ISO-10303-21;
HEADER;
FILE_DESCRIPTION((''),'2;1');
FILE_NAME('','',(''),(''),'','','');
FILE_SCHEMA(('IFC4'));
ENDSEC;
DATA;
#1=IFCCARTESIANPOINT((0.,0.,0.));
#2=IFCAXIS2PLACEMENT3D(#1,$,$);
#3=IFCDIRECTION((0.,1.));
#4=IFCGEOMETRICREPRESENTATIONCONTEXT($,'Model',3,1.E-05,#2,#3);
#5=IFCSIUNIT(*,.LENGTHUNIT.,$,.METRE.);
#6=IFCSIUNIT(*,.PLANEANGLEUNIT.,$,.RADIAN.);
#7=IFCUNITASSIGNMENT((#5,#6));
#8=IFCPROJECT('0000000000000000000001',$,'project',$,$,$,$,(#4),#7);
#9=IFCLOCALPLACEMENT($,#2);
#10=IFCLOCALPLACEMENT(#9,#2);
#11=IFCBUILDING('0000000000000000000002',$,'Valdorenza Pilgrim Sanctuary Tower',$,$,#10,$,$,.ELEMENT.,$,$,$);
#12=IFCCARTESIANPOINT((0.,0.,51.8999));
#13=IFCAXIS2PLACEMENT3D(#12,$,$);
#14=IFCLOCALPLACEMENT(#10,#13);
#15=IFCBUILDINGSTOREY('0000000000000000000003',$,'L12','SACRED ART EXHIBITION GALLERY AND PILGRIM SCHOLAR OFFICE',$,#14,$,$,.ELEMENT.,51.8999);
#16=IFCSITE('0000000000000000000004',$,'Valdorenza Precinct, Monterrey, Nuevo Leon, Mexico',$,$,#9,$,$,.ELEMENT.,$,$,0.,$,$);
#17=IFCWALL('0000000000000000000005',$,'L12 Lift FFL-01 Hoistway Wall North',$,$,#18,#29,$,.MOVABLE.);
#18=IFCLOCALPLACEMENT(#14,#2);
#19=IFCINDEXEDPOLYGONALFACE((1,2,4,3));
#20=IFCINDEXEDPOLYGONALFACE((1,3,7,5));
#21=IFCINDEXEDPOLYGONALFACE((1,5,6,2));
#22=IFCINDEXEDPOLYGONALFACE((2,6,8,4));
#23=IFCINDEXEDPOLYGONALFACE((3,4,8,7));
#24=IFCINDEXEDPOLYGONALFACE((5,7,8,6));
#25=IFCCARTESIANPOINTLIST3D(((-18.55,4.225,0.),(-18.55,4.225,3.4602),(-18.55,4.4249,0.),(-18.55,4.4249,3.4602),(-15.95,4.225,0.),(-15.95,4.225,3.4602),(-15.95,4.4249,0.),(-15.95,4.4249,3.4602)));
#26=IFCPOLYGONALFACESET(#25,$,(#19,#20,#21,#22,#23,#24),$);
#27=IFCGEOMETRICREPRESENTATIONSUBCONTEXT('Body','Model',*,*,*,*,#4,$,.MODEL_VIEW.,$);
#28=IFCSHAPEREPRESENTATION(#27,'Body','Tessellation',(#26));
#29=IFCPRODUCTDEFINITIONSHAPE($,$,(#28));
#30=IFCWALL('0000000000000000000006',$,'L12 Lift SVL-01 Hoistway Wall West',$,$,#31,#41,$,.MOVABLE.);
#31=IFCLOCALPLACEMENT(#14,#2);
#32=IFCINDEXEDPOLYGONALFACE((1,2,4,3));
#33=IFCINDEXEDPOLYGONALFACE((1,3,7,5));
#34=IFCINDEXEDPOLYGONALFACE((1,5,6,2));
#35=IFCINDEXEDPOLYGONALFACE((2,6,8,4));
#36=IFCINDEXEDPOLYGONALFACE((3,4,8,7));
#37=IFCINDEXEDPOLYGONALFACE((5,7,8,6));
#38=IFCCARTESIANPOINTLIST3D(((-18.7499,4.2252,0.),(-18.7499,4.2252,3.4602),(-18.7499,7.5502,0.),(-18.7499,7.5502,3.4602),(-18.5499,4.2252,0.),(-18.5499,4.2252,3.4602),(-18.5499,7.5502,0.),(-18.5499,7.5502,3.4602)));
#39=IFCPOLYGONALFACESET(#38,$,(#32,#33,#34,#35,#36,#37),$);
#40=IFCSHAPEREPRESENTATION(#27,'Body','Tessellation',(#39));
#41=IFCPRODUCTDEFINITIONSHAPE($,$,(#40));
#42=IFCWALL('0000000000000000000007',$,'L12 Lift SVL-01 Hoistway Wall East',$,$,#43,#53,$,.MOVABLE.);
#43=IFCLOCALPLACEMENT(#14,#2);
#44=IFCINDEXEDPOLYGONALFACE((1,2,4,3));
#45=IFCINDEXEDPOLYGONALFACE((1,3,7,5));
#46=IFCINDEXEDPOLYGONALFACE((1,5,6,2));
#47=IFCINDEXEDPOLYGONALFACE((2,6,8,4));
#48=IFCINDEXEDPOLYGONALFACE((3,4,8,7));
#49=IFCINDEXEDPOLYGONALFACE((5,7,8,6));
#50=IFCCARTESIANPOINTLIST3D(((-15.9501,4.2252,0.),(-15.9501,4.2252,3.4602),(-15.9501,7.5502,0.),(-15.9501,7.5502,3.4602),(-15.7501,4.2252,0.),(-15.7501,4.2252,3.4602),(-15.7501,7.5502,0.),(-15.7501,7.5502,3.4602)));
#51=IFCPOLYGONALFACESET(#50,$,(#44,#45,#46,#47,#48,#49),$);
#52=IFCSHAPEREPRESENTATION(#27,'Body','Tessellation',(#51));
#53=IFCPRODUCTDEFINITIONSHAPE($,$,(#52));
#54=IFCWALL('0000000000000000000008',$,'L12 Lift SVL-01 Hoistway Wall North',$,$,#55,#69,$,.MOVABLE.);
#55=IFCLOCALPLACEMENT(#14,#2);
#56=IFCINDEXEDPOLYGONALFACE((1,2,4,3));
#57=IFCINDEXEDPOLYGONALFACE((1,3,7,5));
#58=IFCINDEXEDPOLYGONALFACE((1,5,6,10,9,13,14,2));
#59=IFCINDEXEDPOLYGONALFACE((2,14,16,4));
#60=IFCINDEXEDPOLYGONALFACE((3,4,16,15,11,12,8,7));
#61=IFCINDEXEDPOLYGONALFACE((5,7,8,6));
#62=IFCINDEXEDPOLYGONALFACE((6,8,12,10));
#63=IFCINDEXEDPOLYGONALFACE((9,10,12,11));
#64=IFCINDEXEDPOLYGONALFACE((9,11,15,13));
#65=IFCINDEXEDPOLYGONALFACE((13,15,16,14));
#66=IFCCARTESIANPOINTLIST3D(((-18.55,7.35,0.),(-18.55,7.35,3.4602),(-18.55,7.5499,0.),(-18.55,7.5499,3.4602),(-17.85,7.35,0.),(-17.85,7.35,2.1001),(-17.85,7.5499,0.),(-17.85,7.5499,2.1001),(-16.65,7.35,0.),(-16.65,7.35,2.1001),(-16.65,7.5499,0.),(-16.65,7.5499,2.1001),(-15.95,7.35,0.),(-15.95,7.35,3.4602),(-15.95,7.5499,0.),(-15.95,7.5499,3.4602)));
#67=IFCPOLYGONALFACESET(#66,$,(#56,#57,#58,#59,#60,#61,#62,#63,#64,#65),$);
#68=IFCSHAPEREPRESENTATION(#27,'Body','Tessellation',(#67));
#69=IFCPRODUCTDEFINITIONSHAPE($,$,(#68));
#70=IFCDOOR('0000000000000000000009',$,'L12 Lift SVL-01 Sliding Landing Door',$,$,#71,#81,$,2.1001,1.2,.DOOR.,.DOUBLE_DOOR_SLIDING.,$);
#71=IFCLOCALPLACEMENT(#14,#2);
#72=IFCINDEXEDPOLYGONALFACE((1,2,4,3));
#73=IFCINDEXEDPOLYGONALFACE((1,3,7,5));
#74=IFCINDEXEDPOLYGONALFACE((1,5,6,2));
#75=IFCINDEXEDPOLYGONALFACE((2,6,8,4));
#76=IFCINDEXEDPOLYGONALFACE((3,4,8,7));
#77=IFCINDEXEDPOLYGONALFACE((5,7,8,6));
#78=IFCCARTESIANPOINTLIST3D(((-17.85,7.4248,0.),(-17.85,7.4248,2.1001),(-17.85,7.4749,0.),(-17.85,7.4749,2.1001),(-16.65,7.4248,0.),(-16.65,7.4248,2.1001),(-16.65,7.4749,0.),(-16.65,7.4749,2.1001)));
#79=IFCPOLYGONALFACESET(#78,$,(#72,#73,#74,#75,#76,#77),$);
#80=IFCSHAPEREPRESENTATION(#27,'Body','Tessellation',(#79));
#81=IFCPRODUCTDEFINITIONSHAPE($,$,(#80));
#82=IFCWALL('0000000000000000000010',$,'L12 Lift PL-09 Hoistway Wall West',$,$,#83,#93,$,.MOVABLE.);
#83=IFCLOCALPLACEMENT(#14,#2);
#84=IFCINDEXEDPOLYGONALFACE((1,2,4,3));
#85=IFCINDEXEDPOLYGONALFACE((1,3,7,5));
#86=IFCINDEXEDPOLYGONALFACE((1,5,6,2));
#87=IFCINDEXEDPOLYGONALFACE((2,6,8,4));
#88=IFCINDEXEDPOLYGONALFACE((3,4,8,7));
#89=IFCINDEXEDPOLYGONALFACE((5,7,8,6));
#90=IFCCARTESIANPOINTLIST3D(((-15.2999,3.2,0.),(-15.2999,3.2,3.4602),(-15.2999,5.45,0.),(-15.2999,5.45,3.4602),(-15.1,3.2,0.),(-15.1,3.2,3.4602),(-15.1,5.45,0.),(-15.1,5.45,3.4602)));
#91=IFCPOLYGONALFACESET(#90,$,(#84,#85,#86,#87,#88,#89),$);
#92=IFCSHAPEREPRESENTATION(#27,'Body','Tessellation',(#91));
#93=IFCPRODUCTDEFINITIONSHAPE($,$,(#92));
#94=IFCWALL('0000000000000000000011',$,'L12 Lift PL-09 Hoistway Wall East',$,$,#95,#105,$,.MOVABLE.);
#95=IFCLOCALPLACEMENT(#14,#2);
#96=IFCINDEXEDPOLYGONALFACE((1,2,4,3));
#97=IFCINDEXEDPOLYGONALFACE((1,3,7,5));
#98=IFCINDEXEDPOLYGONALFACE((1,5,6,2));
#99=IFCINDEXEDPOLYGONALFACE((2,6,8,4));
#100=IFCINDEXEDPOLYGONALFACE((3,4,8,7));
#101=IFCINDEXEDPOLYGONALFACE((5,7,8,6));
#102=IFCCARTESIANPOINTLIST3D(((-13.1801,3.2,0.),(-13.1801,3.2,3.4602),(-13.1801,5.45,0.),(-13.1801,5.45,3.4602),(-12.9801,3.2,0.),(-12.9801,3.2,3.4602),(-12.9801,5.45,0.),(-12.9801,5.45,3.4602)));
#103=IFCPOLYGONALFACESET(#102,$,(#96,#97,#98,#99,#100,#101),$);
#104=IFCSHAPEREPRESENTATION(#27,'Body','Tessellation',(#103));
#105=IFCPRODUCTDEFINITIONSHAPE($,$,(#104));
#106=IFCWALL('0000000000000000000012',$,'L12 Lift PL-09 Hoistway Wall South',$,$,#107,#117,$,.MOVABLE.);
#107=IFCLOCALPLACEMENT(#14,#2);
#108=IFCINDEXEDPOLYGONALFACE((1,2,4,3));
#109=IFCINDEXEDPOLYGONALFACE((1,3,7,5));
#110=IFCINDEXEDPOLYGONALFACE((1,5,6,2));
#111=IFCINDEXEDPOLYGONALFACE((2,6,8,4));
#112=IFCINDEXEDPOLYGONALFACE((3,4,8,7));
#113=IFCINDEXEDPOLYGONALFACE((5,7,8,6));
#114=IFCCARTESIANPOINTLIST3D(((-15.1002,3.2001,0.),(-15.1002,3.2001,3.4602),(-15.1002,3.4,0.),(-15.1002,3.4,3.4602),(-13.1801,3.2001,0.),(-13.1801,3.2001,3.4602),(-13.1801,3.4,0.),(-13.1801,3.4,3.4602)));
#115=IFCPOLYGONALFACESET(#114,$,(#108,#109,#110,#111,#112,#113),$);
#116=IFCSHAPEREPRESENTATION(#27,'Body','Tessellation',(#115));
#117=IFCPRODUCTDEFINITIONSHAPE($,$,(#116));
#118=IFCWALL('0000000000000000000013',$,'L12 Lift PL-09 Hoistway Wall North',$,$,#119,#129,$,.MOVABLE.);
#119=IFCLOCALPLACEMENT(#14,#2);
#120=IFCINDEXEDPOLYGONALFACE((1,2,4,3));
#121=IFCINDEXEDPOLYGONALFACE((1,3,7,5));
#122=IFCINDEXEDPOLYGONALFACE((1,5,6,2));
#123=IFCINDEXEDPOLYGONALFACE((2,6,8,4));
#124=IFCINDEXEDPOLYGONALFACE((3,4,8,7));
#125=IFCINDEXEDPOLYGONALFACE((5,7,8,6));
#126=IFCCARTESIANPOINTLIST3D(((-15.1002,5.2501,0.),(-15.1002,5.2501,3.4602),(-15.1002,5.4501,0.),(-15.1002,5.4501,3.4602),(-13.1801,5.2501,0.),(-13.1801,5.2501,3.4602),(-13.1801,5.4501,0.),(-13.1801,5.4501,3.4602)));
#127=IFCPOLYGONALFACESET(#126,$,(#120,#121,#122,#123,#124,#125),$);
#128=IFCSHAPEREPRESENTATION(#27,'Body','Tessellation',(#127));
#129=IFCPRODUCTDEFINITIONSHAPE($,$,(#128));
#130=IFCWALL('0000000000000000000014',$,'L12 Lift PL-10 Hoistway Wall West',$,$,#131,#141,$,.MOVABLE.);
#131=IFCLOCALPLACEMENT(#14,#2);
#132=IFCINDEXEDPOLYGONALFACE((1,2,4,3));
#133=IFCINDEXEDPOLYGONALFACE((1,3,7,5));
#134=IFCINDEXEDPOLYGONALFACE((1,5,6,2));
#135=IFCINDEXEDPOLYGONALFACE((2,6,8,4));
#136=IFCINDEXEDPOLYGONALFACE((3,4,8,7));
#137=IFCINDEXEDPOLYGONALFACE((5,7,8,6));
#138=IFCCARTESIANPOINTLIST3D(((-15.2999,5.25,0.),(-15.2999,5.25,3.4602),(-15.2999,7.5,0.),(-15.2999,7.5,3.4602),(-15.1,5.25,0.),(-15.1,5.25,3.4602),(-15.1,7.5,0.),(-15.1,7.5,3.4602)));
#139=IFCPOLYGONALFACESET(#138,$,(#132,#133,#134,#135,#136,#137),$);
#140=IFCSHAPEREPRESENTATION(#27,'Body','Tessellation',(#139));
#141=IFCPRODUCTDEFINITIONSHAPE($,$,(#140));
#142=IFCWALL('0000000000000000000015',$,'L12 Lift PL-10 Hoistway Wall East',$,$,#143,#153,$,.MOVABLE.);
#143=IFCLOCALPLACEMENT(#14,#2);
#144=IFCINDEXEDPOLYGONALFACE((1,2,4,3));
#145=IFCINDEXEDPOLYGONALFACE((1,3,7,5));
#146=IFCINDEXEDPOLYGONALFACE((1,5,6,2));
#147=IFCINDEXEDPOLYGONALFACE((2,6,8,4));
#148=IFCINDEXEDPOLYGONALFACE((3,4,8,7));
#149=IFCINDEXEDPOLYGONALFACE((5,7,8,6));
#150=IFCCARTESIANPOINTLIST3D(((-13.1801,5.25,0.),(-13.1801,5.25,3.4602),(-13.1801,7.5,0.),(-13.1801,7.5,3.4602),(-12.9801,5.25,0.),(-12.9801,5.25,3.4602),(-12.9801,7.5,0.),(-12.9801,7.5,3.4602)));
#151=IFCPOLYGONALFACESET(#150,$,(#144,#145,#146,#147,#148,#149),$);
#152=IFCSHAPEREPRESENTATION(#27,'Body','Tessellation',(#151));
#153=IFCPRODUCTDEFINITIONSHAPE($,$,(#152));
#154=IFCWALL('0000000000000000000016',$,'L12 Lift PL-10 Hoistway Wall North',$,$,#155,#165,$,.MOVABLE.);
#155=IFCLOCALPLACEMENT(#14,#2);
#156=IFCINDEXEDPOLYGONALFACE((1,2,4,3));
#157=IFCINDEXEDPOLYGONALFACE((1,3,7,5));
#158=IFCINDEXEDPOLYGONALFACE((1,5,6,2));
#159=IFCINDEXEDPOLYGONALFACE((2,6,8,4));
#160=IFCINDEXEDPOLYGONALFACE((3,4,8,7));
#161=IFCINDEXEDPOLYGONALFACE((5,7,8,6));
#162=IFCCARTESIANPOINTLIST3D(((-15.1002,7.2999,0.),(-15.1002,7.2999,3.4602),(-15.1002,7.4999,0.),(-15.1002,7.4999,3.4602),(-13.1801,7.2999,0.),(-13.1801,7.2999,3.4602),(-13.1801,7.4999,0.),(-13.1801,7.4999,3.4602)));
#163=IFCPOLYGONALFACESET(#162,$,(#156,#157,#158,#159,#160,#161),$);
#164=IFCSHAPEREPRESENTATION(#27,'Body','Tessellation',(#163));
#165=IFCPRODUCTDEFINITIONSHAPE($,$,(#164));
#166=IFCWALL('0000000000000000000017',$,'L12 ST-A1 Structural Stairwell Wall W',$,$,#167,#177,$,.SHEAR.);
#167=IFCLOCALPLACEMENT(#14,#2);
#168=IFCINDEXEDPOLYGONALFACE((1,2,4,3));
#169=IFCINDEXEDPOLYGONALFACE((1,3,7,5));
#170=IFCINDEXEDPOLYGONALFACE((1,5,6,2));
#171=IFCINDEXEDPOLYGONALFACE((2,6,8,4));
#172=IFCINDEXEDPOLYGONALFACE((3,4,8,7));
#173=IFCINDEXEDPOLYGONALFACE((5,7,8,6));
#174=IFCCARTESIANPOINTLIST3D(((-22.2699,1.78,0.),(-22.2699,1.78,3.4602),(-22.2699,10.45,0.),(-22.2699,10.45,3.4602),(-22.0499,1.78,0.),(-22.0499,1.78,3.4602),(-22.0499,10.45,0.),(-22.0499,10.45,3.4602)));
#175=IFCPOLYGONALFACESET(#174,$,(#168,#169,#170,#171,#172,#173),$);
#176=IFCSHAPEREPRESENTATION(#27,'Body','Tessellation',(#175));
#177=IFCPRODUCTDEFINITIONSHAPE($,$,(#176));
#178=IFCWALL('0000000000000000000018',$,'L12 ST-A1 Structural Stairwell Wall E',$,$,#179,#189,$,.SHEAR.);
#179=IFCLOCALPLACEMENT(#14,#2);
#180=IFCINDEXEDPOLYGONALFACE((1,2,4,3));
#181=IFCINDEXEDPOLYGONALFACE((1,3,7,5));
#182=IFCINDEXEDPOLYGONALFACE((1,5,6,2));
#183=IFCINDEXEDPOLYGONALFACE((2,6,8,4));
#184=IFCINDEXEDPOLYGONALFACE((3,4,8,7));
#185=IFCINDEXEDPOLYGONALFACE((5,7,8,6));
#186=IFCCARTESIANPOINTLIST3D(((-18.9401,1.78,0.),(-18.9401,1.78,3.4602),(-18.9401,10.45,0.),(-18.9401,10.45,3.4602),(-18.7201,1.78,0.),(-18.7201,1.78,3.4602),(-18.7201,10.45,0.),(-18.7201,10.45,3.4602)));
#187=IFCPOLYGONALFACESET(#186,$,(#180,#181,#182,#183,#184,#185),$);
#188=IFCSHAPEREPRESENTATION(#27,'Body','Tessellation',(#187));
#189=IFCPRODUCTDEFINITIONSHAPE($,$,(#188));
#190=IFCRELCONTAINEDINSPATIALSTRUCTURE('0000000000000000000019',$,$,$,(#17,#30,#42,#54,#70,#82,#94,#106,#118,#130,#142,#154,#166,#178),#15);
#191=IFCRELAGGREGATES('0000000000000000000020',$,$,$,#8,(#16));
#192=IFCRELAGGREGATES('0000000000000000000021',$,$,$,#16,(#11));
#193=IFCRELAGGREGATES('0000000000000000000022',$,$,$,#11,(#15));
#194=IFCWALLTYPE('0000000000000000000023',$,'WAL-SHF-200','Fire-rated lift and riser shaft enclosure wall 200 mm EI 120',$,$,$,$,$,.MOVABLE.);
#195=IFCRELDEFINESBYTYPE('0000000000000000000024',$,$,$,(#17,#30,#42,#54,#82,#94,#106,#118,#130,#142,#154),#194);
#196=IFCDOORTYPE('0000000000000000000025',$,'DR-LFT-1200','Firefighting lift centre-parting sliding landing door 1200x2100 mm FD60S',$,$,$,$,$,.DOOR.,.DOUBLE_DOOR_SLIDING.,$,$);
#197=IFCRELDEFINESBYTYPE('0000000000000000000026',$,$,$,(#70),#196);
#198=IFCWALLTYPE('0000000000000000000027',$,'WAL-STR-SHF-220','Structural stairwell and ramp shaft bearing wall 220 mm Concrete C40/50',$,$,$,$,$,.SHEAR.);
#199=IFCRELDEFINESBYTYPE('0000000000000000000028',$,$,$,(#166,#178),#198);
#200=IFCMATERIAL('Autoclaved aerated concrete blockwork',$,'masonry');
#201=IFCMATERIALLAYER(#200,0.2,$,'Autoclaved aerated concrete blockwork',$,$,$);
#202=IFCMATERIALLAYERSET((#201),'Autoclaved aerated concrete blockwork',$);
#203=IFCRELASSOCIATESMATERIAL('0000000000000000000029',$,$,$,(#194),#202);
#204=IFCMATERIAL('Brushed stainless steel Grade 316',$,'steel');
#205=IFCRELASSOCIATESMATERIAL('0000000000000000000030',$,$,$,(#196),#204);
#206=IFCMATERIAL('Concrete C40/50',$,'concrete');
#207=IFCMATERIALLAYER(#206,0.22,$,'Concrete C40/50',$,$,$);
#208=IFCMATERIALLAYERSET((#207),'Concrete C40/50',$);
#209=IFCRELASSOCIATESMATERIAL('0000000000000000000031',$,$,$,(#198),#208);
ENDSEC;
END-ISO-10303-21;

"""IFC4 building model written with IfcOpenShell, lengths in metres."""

from ifc_helpers import new_model, si_unit, direction, frame, frame_2d, origin, place, context, subcontext, project, spatial, rectangle, extrude, material, layer, layer_set, type_object, element, fill, save


model = new_model("IFC4")

# Units and contexts
model_context = context("Model", 3, precision=1e-05, world=origin(), true_north=direction((0.0, 1.0)))
body_context = subcontext(model_context, "Body", "Model", "MODEL_VIEW")
ifc_project = project(units=[si_unit("LENGTHUNIT", "METRE"), si_unit("PLANEANGLEUNIT", "RADIAN")], contexts=[model_context])

# Site, building, storey
site_placement = place(None, origin())
site = spatial("IfcSite", under=ifc_project, at=site_placement, Name="Valdorenza Precinct, Monterrey, Nuevo Leon, Mexico", CompositionType="ELEMENT", RefElevation=0.0)
building_placement = place(site_placement, origin())
building = spatial("IfcBuilding", under=site, at=building_placement, Name="Valdorenza Pilgrim Sanctuary Tower", CompositionType="ELEMENT")
storey_placement = place(building_placement, frame((0.0, 0.0, 51.8999)))
storey = spatial("IfcBuildingStorey", under=building, at=storey_placement, Name="L12", Description="SACRED ART EXHIBITION GALLERY AND PILGRIM SCHOLAR OFFICE", CompositionType="ELEMENT", Elevation=51.8999)

# Walls
ifc_material_1 = material(Name="Autoclaved aerated concrete blockwork", Category="masonry")
ifc_layer_1 = layer(ifc_material_1, 0.2, Name="Autoclaved aerated concrete blockwork")
ifc_layer_set_1 = layer_set([ifc_layer_1], Name="Autoclaved aerated concrete blockwork")
wall_type_1 = type_object("IfcWallType", Name="WAL-SHF-200", Description="Fire-rated lift and riser shaft enclosure wall 200 mm EI 120", PredefinedType="MOVABLE", material=ifc_layer_set_1)
wall_1_placement = place(storey_placement, frame((-18.55, 4.325, 0.0), z_axis=(0.0, 0.0, 1.0), x_axis=(1.0, 0.0, 0.0)))
element("IfcWall", 1, at=wall_1_placement, inside=storey, type_object=wall_type_1, Name="L12 Lift FFL-01 Hoistway Wall North", PredefinedType="MOVABLE", context=body_context, shape_type="SweptSolid", body=[
    extrude(rectangle(XDim=2.6001, YDim=0.2, at=frame_2d((1.3, 0.0))), origin(), (0.0, 0.0, 1.0), 3.4602),
])
for number, where, z_axis, x_axis, name in (
    (2, (-18.6499, 4.2251, 0.0), (0.0, 0.0, 1.0), (0.0, 1.0, 0.0), "L12 Lift SVL-01 Hoistway Wall West"),
    (3, (-15.8501, 4.2251, 0.0), (0.0, 0.0, 1.0), (0.0, 1.0, 0.0), "L12 Lift SVL-01 Hoistway Wall East"),
):
    element("IfcWall", number, at=place(storey_placement, frame(where, z_axis=z_axis, x_axis=x_axis)), inside=storey, type_object=wall_type_1, Name=name, PredefinedType="MOVABLE", context=body_context, shape_type="SweptSolid", body=[
        extrude(rectangle(XDim=3.325, YDim=0.2, at=frame_2d((1.6626, 0.0))), origin(), (0.0, 0.0, 1.0), 3.4602),
    ])

# Wall, opening, door
wall_2_placement = place(storey_placement, frame((-18.55, 7.45, 0.0), z_axis=(0.0, 0.0, 1.0), x_axis=(1.0, 0.0, 0.0)))
wall_2 = element("IfcWall", 4, at=wall_2_placement, inside=storey, type_object=wall_type_1, Name="L12 Lift SVL-01 Hoistway Wall North", PredefinedType="MOVABLE", context=body_context, shape_type="SweptSolid", body=[
    extrude(rectangle(XDim=2.6001, YDim=0.2, at=frame_2d((1.3, 0.0))), origin(), (0.0, 0.0, 1.0), 3.4602),
])
opening_1_placement = place(wall_2_placement, frame((0.7, 0.0, 0.0)))
opening_1 = element("IfcOpeningElement", 5, at=opening_1_placement, cuts=wall_2, PredefinedType="OPENING", context=body_context, shape_type="SweptSolid", body=[
    extrude(rectangle(XDim=1.2, YDim=2.1001, at=frame_2d((0.6001, 1.05))), frame((0.0, 0.1147, 0.0), z_axis=(0.0, -1.0, 0.0), x_axis=(1.0, 0.0, 0.0)), (0.0, 0.0, 1.0), 0.2297),
])
ifc_material_2 = material(Name="Brushed stainless steel Grade 316", Category="steel")
door_type_1 = type_object("IfcDoorType", Name="DR-LFT-1200", Description="Firefighting lift centre-parting sliding landing door 1200x2100 mm FD60S", OperationType="DOUBLE_DOOR_SLIDING", PredefinedType="DOOR", material=ifc_material_2)
door_1_placement = place(opening_1_placement, origin())
door_1 = element("IfcDoor", 6, at=door_1_placement, inside=storey, type_object=door_type_1, Name="L12 Lift SVL-01 Sliding Landing Door", OperationType="DOUBLE_DOOR_SLIDING", OverallHeight=2.1001, OverallWidth=1.2, PredefinedType="DOOR", context=body_context, shape_type="SweptSolid", body=[
    extrude(rectangle(XDim=1.2, YDim=2.1001, at=frame_2d((0.6001, 1.05))), frame((0.0, 0.0249, 0.0), z_axis=(0.0, -1.0, 0.0), x_axis=(1.0, 0.0, 0.0)), (0.0, 0.0, 1.0), 0.05),
])
fill(opening_1, door_1)

# Walls
for number, where, z_axis, x_axis, name in (
    (7, (-15.2, 3.2, 0.0), (0.0, 0.0, 1.0), (0.0, 1.0, 0.0), "L12 Lift PL-09 Hoistway Wall West"),
    (8, (-13.0801, 3.2, 0.0), (0.0, 0.0, 1.0), (0.0, 1.0, 0.0), "L12 Lift PL-09 Hoistway Wall East"),
):
    element("IfcWall", number, at=place(storey_placement, frame(where, z_axis=z_axis, x_axis=x_axis)), inside=storey, type_object=wall_type_1, Name=name, PredefinedType="MOVABLE", context=body_context, shape_type="SweptSolid", body=[
        extrude(rectangle(XDim=2.25, YDim=0.2, at=frame_2d((1.125, 0.0))), origin(), (0.0, 0.0, 1.0), 3.4602),
    ])
for number, where, z_axis, x_axis, name in (
    (9, (-15.1001, 3.3, 0.0), (0.0, 0.0, 1.0), (1.0, 0.0, 0.0), "L12 Lift PL-09 Hoistway Wall South"),
    (10, (-15.1001, 5.3501, 0.0), (0.0, 0.0, 1.0), (1.0, 0.0, 0.0), "L12 Lift PL-09 Hoistway Wall North"),
):
    element("IfcWall", number, at=place(storey_placement, frame(where, z_axis=z_axis, x_axis=x_axis)), inside=storey, type_object=wall_type_1, Name=name, PredefinedType="MOVABLE", context=body_context, shape_type="SweptSolid", body=[
        extrude(rectangle(XDim=1.9202, YDim=0.2, at=frame_2d((0.96, 0.0))), origin(), (0.0, 0.0, 1.0), 3.4602),
    ])
for number, where, z_axis, x_axis, name in (
    (11, (-15.2, 5.25, 0.0), (0.0, 0.0, 1.0), (0.0, 1.0, 0.0), "L12 Lift PL-10 Hoistway Wall West"),
    (12, (-13.0801, 5.25, 0.0), (0.0, 0.0, 1.0), (0.0, 1.0, 0.0), "L12 Lift PL-10 Hoistway Wall East"),
):
    element("IfcWall", number, at=place(storey_placement, frame(where, z_axis=z_axis, x_axis=x_axis)), inside=storey, type_object=wall_type_1, Name=name, PredefinedType="MOVABLE", context=body_context, shape_type="SweptSolid", body=[
        extrude(rectangle(XDim=2.25, YDim=0.2, at=frame_2d((1.125, 0.0))), origin(), (0.0, 0.0, 1.0), 3.4602),
    ])
wall_3_placement = place(storey_placement, frame((-15.1001, 7.3999, 0.0), z_axis=(0.0, 0.0, 1.0), x_axis=(1.0, 0.0, 0.0)))
element("IfcWall", 13, at=wall_3_placement, inside=storey, type_object=wall_type_1, Name="L12 Lift PL-10 Hoistway Wall North", PredefinedType="MOVABLE", context=body_context, shape_type="SweptSolid", body=[
    extrude(rectangle(XDim=1.9202, YDim=0.2, at=frame_2d((0.96, 0.0))), origin(), (0.0, 0.0, 1.0), 3.4602),
])
ifc_material_3 = material(Name="Concrete C40/50", Category="concrete")
ifc_layer_2 = layer(ifc_material_3, 0.22, Name="Concrete C40/50")
ifc_layer_set_2 = layer_set([ifc_layer_2], Name="Concrete C40/50")
wall_type_2 = type_object("IfcWallType", Name="WAL-STR-SHF-220", Description="Structural stairwell and ramp shaft bearing wall 220 mm Concrete C40/50", PredefinedType="SHEAR", material=ifc_layer_set_2)
for number, where, z_axis, x_axis, name in (
    (14, (-22.1599, 1.78, 0.0), (0.0, 0.0, 1.0), (0.0, 1.0, 0.0), "L12 ST-A1 Structural Stairwell Wall W"),
    (15, (-18.8301, 1.78, 0.0), (0.0, 0.0, 1.0), (0.0, 1.0, 0.0), "L12 ST-A1 Structural Stairwell Wall E"),
):
    element("IfcWall", number, at=place(storey_placement, frame(where, z_axis=z_axis, x_axis=x_axis)), inside=storey, type_object=wall_type_2, Name=name, PredefinedType="SHEAR", context=body_context, shape_type="SweptSolid", body=[
        extrude(rectangle(XDim=8.6699, YDim=0.22, at=frame_2d((4.335, 0.0))), origin(), (0.0, 0.0, 1.0), 3.4602),
    ])

save(model, "model.ifc")
